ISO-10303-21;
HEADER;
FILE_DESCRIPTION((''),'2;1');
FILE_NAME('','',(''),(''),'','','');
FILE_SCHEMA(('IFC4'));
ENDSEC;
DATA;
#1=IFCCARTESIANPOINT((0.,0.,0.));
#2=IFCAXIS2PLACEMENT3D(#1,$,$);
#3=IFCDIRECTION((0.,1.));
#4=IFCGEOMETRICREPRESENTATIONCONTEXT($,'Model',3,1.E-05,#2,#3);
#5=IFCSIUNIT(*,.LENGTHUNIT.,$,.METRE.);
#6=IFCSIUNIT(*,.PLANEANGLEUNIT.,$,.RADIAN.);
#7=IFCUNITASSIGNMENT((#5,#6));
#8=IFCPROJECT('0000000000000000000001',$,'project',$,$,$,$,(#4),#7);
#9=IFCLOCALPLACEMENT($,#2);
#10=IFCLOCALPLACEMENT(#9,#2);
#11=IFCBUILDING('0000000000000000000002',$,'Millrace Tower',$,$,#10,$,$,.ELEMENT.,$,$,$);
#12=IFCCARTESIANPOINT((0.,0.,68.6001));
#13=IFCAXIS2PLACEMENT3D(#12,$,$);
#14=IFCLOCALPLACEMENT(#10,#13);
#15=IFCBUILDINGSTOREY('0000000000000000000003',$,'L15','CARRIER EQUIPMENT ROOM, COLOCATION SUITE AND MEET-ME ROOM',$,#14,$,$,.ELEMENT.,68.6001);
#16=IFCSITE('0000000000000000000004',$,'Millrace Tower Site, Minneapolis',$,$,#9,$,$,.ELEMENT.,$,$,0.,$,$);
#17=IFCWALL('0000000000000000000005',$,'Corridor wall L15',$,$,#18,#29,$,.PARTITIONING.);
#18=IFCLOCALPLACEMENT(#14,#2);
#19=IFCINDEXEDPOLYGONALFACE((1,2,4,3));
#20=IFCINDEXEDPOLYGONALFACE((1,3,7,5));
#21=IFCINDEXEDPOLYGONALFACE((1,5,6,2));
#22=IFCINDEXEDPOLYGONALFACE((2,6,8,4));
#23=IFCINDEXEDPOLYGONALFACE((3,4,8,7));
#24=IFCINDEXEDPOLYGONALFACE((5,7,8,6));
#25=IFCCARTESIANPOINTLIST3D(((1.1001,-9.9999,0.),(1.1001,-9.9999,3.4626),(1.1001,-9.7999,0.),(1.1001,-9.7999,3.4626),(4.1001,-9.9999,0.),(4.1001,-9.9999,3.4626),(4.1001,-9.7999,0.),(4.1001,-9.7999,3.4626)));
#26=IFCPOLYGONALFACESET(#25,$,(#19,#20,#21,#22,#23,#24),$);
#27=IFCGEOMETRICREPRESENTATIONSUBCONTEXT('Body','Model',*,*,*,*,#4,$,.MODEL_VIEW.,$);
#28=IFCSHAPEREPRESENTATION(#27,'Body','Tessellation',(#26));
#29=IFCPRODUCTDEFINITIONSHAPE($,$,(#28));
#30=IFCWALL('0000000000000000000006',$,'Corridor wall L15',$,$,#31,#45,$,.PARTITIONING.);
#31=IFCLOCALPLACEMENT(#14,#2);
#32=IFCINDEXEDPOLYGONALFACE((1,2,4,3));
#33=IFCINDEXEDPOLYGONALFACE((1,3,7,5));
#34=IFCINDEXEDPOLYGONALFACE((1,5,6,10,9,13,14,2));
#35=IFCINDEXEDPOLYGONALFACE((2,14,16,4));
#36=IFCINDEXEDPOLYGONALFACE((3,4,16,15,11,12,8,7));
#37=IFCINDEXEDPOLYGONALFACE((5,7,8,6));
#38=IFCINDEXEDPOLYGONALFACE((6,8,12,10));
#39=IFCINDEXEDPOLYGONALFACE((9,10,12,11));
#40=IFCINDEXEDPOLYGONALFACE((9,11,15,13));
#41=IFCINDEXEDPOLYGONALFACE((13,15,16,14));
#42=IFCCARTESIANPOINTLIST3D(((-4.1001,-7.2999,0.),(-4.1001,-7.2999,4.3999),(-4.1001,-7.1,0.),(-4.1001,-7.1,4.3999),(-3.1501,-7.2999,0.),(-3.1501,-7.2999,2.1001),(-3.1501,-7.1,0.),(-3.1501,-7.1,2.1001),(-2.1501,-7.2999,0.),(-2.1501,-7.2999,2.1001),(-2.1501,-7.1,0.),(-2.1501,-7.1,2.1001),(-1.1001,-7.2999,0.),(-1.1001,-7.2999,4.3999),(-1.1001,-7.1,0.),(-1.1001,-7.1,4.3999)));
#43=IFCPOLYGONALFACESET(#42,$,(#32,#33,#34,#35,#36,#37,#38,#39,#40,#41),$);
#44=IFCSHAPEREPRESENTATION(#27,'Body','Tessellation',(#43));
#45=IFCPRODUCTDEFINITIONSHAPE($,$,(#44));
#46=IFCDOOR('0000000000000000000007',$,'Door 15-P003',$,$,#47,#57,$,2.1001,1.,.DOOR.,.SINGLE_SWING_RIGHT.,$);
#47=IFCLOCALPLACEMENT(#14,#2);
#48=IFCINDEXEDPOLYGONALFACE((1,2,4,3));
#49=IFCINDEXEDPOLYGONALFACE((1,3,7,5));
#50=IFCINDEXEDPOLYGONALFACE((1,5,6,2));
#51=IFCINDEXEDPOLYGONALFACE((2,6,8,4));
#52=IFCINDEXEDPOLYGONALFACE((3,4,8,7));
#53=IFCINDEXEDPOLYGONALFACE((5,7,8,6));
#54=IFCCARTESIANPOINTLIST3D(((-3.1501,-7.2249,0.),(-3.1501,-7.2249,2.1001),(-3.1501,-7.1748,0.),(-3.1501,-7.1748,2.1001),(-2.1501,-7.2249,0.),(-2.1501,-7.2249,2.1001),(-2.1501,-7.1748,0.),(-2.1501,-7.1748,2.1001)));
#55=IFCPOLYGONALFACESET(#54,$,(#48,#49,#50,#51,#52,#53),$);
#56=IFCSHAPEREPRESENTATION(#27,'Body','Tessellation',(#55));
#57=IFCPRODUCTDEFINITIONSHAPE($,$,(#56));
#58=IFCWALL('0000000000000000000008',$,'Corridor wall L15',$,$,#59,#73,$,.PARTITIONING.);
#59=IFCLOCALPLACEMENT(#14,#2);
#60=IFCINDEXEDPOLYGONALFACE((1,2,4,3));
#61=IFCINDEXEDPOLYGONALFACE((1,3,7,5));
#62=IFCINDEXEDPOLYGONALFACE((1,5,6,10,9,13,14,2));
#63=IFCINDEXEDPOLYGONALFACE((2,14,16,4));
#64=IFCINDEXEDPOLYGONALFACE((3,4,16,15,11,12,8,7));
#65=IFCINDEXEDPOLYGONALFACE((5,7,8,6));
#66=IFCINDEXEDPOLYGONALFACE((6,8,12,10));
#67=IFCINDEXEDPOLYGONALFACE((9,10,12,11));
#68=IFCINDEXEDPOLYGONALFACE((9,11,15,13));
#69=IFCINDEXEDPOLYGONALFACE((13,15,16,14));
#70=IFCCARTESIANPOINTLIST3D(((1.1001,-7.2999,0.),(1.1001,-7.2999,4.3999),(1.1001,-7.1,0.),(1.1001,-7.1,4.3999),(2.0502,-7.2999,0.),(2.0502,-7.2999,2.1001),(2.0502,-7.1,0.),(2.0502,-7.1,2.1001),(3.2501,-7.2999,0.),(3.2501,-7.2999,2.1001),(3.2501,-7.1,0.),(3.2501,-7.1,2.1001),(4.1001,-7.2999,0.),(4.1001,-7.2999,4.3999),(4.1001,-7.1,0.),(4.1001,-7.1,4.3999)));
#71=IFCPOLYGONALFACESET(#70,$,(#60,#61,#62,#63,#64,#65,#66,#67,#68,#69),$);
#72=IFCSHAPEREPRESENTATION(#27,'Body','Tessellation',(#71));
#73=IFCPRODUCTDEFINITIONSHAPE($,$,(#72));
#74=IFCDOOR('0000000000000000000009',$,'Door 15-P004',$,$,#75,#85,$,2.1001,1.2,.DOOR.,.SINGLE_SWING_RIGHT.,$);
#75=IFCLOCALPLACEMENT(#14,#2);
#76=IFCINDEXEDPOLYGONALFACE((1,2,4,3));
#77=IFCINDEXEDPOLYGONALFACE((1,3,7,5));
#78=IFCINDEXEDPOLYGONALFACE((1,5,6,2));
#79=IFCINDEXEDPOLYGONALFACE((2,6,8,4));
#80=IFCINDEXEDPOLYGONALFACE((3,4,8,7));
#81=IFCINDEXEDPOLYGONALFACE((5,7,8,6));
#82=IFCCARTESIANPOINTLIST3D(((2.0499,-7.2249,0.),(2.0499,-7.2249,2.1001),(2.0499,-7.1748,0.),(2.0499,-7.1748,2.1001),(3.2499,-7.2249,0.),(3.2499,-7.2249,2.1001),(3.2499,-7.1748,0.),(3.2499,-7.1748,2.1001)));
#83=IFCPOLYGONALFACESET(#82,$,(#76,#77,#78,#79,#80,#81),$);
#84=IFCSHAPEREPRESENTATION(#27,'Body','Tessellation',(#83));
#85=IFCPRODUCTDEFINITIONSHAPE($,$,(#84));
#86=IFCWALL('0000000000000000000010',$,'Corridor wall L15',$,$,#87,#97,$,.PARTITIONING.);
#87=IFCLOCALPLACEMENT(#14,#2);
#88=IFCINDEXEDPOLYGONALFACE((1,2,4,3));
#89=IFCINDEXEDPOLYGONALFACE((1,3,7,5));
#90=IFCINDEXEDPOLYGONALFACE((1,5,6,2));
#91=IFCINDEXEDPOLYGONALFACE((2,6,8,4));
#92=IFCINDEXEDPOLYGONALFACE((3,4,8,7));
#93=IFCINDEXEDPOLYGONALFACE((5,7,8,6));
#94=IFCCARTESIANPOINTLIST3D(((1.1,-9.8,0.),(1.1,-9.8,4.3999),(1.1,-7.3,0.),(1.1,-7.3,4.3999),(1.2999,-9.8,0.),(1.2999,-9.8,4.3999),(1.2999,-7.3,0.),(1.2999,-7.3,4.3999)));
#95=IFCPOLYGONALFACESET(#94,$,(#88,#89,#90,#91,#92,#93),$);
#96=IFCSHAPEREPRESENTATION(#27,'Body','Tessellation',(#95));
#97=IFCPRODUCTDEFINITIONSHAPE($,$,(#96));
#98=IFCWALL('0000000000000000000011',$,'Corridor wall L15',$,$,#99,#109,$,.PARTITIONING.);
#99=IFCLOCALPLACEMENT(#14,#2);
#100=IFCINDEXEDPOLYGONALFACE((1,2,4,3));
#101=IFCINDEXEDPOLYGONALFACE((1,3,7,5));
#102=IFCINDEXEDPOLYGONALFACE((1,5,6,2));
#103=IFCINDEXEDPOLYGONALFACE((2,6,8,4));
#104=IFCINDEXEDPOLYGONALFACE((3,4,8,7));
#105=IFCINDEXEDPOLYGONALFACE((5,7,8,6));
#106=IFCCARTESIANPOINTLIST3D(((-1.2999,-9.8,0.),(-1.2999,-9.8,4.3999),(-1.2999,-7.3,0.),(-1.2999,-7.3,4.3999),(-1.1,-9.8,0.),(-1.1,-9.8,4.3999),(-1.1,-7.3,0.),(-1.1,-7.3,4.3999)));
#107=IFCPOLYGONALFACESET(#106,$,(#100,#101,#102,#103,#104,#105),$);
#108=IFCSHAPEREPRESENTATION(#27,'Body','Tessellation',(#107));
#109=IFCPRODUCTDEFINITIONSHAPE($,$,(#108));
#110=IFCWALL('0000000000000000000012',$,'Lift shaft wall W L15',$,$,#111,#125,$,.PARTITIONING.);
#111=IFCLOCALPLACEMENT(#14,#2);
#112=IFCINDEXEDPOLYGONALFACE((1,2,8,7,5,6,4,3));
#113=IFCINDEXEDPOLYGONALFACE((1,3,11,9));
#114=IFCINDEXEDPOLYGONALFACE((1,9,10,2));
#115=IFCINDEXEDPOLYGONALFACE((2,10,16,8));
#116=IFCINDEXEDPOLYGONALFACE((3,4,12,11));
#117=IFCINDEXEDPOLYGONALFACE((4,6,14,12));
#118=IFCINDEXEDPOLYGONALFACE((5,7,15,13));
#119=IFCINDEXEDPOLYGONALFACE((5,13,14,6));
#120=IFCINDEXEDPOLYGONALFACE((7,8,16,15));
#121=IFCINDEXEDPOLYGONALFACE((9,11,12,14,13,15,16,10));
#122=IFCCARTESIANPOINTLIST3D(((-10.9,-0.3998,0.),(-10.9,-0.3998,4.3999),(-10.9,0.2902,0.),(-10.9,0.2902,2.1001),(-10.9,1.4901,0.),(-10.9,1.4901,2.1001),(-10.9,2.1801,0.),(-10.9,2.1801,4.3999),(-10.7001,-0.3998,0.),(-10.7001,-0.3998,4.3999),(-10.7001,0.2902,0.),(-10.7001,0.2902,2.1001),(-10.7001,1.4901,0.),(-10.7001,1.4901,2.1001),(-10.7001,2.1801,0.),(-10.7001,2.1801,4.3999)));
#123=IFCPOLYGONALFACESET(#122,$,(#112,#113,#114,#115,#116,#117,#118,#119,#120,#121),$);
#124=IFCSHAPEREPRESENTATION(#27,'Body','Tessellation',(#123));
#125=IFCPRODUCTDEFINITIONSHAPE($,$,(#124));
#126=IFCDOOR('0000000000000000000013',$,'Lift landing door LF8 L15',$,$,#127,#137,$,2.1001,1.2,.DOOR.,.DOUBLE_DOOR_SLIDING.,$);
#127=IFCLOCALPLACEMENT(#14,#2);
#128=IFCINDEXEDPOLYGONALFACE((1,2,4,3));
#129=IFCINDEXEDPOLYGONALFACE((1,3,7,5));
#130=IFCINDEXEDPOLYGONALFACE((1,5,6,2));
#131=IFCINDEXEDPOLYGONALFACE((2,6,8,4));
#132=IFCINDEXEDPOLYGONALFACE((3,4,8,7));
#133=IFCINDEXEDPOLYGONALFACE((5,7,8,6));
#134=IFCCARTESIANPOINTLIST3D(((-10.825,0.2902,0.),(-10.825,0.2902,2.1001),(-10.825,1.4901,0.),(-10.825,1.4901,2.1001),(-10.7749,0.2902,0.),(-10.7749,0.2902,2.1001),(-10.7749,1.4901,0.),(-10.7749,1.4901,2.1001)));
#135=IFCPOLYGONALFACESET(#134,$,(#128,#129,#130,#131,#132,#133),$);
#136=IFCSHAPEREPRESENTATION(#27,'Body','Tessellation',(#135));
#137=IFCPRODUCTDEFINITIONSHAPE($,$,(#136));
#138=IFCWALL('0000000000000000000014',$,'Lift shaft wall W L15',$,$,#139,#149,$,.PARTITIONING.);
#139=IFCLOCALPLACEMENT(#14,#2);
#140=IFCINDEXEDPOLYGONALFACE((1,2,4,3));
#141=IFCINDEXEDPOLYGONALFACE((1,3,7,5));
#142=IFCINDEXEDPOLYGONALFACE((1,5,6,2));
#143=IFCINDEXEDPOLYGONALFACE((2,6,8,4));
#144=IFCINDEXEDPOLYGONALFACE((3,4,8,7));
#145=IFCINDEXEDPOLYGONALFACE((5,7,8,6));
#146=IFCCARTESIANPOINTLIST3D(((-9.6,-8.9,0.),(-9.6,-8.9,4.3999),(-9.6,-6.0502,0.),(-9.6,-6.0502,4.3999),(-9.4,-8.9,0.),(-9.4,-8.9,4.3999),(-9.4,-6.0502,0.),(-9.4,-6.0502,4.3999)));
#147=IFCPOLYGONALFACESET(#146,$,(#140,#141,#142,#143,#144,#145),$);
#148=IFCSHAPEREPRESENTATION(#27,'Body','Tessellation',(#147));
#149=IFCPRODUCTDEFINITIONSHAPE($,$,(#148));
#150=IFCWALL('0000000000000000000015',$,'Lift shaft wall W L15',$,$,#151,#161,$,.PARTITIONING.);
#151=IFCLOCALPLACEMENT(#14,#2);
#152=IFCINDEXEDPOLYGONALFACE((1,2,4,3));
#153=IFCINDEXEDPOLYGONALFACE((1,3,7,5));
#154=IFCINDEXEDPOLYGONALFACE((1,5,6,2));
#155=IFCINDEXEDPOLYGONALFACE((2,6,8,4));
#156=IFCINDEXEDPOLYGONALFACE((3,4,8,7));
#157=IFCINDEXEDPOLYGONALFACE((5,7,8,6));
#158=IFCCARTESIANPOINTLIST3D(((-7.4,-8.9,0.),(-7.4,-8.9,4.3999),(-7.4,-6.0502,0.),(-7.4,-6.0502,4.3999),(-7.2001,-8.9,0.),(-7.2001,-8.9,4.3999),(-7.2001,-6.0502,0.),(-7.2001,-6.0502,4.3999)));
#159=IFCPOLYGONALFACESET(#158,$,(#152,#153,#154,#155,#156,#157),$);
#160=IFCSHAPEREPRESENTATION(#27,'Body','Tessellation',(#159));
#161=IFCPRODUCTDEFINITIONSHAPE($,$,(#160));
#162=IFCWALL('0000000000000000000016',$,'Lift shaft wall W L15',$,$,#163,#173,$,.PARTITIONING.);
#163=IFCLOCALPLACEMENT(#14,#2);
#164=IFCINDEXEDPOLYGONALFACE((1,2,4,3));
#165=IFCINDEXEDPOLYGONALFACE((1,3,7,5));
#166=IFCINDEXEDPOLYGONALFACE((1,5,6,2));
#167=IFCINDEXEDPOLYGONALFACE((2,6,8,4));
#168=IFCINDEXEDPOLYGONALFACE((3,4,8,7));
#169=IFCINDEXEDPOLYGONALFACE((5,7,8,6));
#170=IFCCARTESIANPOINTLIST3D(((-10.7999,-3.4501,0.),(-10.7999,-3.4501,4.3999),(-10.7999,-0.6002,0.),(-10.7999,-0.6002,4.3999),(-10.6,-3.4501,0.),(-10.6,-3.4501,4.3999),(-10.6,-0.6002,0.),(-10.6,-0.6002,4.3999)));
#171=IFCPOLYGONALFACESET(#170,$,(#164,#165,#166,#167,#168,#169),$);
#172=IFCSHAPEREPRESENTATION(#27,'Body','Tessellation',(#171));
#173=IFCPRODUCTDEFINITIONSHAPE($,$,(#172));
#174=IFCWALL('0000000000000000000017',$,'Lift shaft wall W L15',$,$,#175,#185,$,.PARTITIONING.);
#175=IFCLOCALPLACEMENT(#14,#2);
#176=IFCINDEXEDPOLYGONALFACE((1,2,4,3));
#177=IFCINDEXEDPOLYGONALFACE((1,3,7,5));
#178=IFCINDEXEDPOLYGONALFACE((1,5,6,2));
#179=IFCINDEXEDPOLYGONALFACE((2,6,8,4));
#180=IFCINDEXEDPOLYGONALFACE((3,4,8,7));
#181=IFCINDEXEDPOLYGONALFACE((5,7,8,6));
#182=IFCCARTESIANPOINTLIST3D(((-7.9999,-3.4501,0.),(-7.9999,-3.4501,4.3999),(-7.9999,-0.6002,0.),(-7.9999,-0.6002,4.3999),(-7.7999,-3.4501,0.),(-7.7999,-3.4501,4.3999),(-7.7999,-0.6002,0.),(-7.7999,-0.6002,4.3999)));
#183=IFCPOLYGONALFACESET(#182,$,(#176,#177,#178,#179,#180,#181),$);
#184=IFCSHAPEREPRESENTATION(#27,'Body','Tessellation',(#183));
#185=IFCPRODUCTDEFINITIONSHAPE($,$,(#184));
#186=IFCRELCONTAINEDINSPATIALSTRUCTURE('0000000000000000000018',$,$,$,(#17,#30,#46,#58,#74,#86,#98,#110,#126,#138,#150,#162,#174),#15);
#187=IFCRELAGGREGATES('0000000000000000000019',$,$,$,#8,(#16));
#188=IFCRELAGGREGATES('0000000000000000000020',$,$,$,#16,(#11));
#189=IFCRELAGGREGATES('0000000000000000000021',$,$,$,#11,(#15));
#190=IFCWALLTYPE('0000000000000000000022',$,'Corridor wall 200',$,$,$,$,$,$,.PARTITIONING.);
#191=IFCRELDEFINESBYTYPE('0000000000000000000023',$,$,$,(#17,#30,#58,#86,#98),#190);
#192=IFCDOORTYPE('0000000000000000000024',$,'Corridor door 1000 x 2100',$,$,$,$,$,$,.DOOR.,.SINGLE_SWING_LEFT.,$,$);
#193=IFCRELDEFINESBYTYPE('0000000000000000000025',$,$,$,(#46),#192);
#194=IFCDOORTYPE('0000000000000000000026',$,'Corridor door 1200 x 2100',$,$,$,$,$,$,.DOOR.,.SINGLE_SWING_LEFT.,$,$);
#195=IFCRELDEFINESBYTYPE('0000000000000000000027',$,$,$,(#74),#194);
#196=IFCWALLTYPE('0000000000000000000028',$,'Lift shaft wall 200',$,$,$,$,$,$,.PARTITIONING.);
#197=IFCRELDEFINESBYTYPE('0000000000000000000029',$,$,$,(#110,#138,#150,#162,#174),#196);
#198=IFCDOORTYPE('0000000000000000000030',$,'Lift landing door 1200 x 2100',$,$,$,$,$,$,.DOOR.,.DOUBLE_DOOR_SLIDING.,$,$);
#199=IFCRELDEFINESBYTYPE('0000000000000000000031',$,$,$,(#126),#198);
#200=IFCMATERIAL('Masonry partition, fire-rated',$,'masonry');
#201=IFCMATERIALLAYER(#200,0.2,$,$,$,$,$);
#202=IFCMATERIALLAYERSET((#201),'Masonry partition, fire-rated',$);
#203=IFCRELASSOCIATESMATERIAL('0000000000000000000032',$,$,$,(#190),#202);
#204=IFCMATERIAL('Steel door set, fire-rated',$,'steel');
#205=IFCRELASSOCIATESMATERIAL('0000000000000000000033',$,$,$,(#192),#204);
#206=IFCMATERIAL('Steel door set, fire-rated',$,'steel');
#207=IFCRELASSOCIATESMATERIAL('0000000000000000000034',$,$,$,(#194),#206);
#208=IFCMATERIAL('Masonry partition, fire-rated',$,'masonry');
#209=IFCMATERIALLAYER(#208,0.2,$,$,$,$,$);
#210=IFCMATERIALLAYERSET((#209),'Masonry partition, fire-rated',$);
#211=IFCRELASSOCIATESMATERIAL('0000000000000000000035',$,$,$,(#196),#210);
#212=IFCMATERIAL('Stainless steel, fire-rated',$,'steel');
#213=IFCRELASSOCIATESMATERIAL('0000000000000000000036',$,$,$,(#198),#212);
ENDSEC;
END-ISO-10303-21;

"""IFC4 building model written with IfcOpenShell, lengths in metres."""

from ifc_helpers import new_model, si_unit, direction, frame, frame_2d, origin, place, context, subcontext, project, spatial, rectangle, extrude, material, layer, layer_set, type_object, element, fill, save


model = new_model("IFC4")

# Units and contexts
model_context = context("Model", 3, precision=1e-05, world=origin(), true_north=direction((0.0, 1.0)))
body_context = subcontext(model_context, "Body", "Model", "MODEL_VIEW")
ifc_project = project(units=[si_unit("LENGTHUNIT", "METRE"), si_unit("PLANEANGLEUNIT", "RADIAN")], contexts=[model_context])

# Site, building, storey
site_placement = place(None, origin())
site = spatial("IfcSite", under=ifc_project, at=site_placement, Name="Millrace Tower Site, Minneapolis", CompositionType="ELEMENT", RefElevation=0.0)
building_placement = place(site_placement, origin())
building = spatial("IfcBuilding", under=site, at=building_placement, Name="Millrace Tower", CompositionType="ELEMENT")
storey_placement = place(building_placement, frame((0.0, 0.0, 68.6001)))
storey = spatial("IfcBuildingStorey", under=building, at=storey_placement, Name="L15", Description="CARRIER EQUIPMENT ROOM, COLOCATION SUITE AND MEET-ME ROOM", CompositionType="ELEMENT", Elevation=68.6001)

# Wall
ifc_material_1 = material(Name="Masonry partition, fire-rated", Category="masonry")
ifc_layer_1 = layer(ifc_material_1, 0.2)
ifc_layer_set_1 = layer_set([ifc_layer_1], Name="Masonry partition, fire-rated")
wall_type_1 = type_object("IfcWallType", Name="Corridor wall 200", PredefinedType="PARTITIONING", material=ifc_layer_set_1)
for number, where, z_axis, x_axis, name in (
    (1, (1.1001, -9.8999, 0.0), (0.0, 0.0, 1.0), (1.0, 0.0, 0.0), "Corridor wall L15"),
):
    element("IfcWall", number, at=place(storey_placement, frame(where, z_axis=z_axis, x_axis=x_axis)), inside=storey, type_object=wall_type_1, Name=name, PredefinedType="PARTITIONING", context=body_context, shape_type="SweptSolid", body=[
        extrude(rectangle(XDim=3.0, YDim=0.2, at=frame_2d((1.5, 0.0))), origin(), (0.0, 0.0, 1.0), 3.4626),
    ])

# Walls, openings, doors
wall_1_placement = place(storey_placement, frame((-4.1001, -7.2, 0.0), z_axis=(0.0, 0.0, 1.0), x_axis=(1.0, 0.0, 0.0)))
wall_1 = element("IfcWall", 2, at=wall_1_placement, inside=storey, type_object=wall_type_1, Name="Corridor wall L15", PredefinedType="PARTITIONING", context=body_context, shape_type="SweptSolid", body=[
    extrude(rectangle(XDim=3.0, YDim=0.2, at=frame_2d((1.5, 0.0))), origin(), (0.0, 0.0, 1.0), 4.3999),
])
opening_1_placement = place(wall_1_placement, frame((0.95, 0.0, 0.0)))
opening_1 = element("IfcOpeningElement", 3, at=opening_1_placement, cuts=wall_1, PredefinedType="OPENING", context=body_context, shape_type="SweptSolid", body=[
    extrude(rectangle(XDim=1.0, YDim=2.1001, at=frame_2d((0.5, 1.05))), frame((0.0, 0.1099, 0.0), z_axis=(0.0, -1.0, 0.0), x_axis=(1.0, 0.0, 0.0)), (0.0, 0.0, 1.0), 0.22),
])
ifc_material_2 = material(Name="Steel door set, fire-rated", Category="steel")
door_type_1 = type_object("IfcDoorType", Name="Corridor door 1000 x 2100", OperationType="SINGLE_SWING_LEFT", PredefinedType="DOOR", material=ifc_material_2)
door_1_placement = place(opening_1_placement, frame((1.0, 0.0, 0.0), z_axis=(0.0, 0.0, 1.0), x_axis=(-1.0, 0.0, 0.0)))
door_1 = element("IfcDoor", 4, at=door_1_placement, inside=storey, type_object=door_type_1, Name="Door 15-P003", OperationType="SINGLE_SWING_RIGHT", OverallHeight=2.1001, OverallWidth=1.0, PredefinedType="DOOR", context=body_context, shape_type="SweptSolid", body=[
    extrude(rectangle(XDim=1.0, YDim=2.1001, at=frame_2d((0.5, 1.05))), frame((0.0, 0.0249, 0.0), z_axis=(0.0, -1.0, 0.0), x_axis=(1.0, 0.0, 0.0)), (0.0, 0.0, 1.0), 0.05),
])
fill(opening_1, door_1)
wall_2_placement = place(storey_placement, frame((1.1001, -7.2, 0.0), z_axis=(0.0, 0.0, 1.0), x_axis=(1.0, 0.0, 0.0)))
wall_2 = element("IfcWall", 5, at=wall_2_placement, inside=storey, type_object=wall_type_1, Name="Corridor wall L15", PredefinedType="PARTITIONING", context=body_context, shape_type="SweptSolid", body=[
    extrude(rectangle(XDim=3.0, YDim=0.2, at=frame_2d((1.5, 0.0))), origin(), (0.0, 0.0, 1.0), 4.3999),
])
opening_2_placement = place(wall_2_placement, frame((0.95, 0.0, 0.0)))
opening_2 = element("IfcOpeningElement", 6, at=opening_2_placement, cuts=wall_2, PredefinedType="OPENING", context=body_context, shape_type="SweptSolid", body=[
    extrude(rectangle(XDim=1.2, YDim=2.1001, at=frame_2d((0.6001, 1.05))), frame((0.0, 0.1099, 0.0), z_axis=(0.0, -1.0, 0.0), x_axis=(1.0, 0.0, 0.0)), (0.0, 0.0, 1.0), 0.22),
])
ifc_material_3 = material(Name="Steel door set, fire-rated", Category="steel")
door_type_2 = type_object("IfcDoorType", Name="Corridor door 1200 x 2100", OperationType="SINGLE_SWING_LEFT", PredefinedType="DOOR", material=ifc_material_3)
door_2_placement = place(opening_2_placement, frame((1.2, 0.0, 0.0), z_axis=(0.0, 0.0, 1.0), x_axis=(-1.0, 0.0, 0.0)))
door_2 = element("IfcDoor", 7, at=door_2_placement, inside=storey, type_object=door_type_2, Name="Door 15-P004", OperationType="SINGLE_SWING_RIGHT", OverallHeight=2.1001, OverallWidth=1.2, PredefinedType="DOOR", context=body_context, shape_type="SweptSolid", body=[
    extrude(rectangle(XDim=1.2, YDim=2.1001, at=frame_2d((0.6001, 1.05))), frame((0.0, 0.0249, 0.0), z_axis=(0.0, -1.0, 0.0), x_axis=(1.0, 0.0, 0.0)), (0.0, 0.0, 1.0), 0.05),
])
fill(opening_2, door_2)

# Walls
for number, where, z_axis, x_axis, name in (
    (8, (1.2, -9.8, 0.0), (0.0, 0.0, 1.0), (0.0, 1.0, 0.0), "Corridor wall L15"),
    (9, (-1.2, -9.8, 0.0), (0.0, 0.0, 1.0), (0.0, 1.0, 0.0), "Corridor wall L15"),
):
    element("IfcWall", number, at=place(storey_placement, frame(where, z_axis=z_axis, x_axis=x_axis)), inside=storey, type_object=wall_type_1, Name=name, PredefinedType="PARTITIONING", context=body_context, shape_type="SweptSolid", body=[
        extrude(rectangle(XDim=2.5, YDim=0.2, at=frame_2d((1.25, 0.0))), origin(), (0.0, 0.0, 1.0), 4.3999),
    ])

# Wall, opening, door
ifc_material_4 = material(Name="Masonry partition, fire-rated", Category="masonry")
ifc_layer_2 = layer(ifc_material_4, 0.2)
ifc_layer_set_2 = layer_set([ifc_layer_2], Name="Masonry partition, fire-rated")
wall_type_2 = type_object("IfcWallType", Name="Lift shaft wall 200", PredefinedType="PARTITIONING", material=ifc_layer_set_2)
wall_3_placement = place(storey_placement, frame((-10.8, -0.3999, 0.0), z_axis=(0.0, 0.0, 1.0), x_axis=(0.0, 1.0, 0.0)))
wall_3 = element("IfcWall", 10, at=wall_3_placement, inside=storey, type_object=wall_type_2, Name="Lift shaft wall W L15", PredefinedType="PARTITIONING", context=body_context, shape_type="SweptSolid", body=[
    extrude(rectangle(XDim=2.5798, YDim=0.2, at=frame_2d((1.29, 0.0))), origin(), (0.0, 0.0, 1.0), 4.3999),
])
opening_3_placement = place(wall_3_placement, frame((0.6899, 0.0, 0.0)))
opening_3 = element("IfcOpeningElement", 11, at=opening_3_placement, cuts=wall_3, PredefinedType="OPENING", context=body_context, shape_type="SweptSolid", body=[
    extrude(rectangle(XDim=1.2, YDim=2.1001, at=frame_2d((0.6001, 1.05))), frame((0.0, 0.1099, 0.0), z_axis=(0.0, -1.0, 0.0), x_axis=(1.0, 0.0, 0.0)), (0.0, 0.0, 1.0), 0.22),
])
ifc_material_5 = material(Name="Stainless steel, fire-rated", Category="steel")
door_type_3 = type_object("IfcDoorType", Name="Lift landing door 1200 x 2100", OperationType="DOUBLE_DOOR_SLIDING", PredefinedType="DOOR", material=ifc_material_5)
door_3_placement = place(opening_3_placement, origin())
door_3 = element("IfcDoor", 12, at=door_3_placement, inside=storey, type_object=door_type_3, Name="Lift landing door LF8 L15", OperationType="DOUBLE_DOOR_SLIDING", OverallHeight=2.1001, OverallWidth=1.2, PredefinedType="DOOR", context=body_context, shape_type="SweptSolid", body=[
    extrude(rectangle(XDim=1.2, YDim=2.1001, at=frame_2d((0.6001, 1.05))), frame((0.0, 0.0249, 0.0), z_axis=(0.0, -1.0, 0.0), x_axis=(1.0, 0.0, 0.0)), (0.0, 0.0, 1.0), 0.05),
])
fill(opening_3, door_3)

# Walls
for number, where, z_axis, x_axis, name in (
    (13, (-9.5, -8.8999, 0.0), (0.0, 0.0, 1.0), (0.0, 1.0, 0.0), "Lift shaft wall W L15"),
    (14, (-7.3, -8.8999, 0.0), (0.0, 0.0, 1.0), (0.0, 1.0, 0.0), "Lift shaft wall W L15"),
    (15, (-10.7, -3.45, 0.0), (0.0, 0.0, 1.0), (0.0, 1.0, 0.0), "Lift shaft wall W L15"),
    (16, (-7.8999, -3.45, 0.0), (0.0, 0.0, 1.0), (0.0, 1.0, 0.0), "Lift shaft wall W L15"),
):
    element("IfcWall", number, at=place(storey_placement, frame(where, z_axis=z_axis, x_axis=x_axis)), inside=storey, type_object=wall_type_2, Name=name, PredefinedType="PARTITIONING", context=body_context, shape_type="SweptSolid", body=[
        extrude(rectangle(XDim=2.8499, YDim=0.2, at=frame_2d((1.4248, 0.0))), origin(), (0.0, 0.0, 1.0), 4.3999),
    ])

save(model, "model.ifc")
